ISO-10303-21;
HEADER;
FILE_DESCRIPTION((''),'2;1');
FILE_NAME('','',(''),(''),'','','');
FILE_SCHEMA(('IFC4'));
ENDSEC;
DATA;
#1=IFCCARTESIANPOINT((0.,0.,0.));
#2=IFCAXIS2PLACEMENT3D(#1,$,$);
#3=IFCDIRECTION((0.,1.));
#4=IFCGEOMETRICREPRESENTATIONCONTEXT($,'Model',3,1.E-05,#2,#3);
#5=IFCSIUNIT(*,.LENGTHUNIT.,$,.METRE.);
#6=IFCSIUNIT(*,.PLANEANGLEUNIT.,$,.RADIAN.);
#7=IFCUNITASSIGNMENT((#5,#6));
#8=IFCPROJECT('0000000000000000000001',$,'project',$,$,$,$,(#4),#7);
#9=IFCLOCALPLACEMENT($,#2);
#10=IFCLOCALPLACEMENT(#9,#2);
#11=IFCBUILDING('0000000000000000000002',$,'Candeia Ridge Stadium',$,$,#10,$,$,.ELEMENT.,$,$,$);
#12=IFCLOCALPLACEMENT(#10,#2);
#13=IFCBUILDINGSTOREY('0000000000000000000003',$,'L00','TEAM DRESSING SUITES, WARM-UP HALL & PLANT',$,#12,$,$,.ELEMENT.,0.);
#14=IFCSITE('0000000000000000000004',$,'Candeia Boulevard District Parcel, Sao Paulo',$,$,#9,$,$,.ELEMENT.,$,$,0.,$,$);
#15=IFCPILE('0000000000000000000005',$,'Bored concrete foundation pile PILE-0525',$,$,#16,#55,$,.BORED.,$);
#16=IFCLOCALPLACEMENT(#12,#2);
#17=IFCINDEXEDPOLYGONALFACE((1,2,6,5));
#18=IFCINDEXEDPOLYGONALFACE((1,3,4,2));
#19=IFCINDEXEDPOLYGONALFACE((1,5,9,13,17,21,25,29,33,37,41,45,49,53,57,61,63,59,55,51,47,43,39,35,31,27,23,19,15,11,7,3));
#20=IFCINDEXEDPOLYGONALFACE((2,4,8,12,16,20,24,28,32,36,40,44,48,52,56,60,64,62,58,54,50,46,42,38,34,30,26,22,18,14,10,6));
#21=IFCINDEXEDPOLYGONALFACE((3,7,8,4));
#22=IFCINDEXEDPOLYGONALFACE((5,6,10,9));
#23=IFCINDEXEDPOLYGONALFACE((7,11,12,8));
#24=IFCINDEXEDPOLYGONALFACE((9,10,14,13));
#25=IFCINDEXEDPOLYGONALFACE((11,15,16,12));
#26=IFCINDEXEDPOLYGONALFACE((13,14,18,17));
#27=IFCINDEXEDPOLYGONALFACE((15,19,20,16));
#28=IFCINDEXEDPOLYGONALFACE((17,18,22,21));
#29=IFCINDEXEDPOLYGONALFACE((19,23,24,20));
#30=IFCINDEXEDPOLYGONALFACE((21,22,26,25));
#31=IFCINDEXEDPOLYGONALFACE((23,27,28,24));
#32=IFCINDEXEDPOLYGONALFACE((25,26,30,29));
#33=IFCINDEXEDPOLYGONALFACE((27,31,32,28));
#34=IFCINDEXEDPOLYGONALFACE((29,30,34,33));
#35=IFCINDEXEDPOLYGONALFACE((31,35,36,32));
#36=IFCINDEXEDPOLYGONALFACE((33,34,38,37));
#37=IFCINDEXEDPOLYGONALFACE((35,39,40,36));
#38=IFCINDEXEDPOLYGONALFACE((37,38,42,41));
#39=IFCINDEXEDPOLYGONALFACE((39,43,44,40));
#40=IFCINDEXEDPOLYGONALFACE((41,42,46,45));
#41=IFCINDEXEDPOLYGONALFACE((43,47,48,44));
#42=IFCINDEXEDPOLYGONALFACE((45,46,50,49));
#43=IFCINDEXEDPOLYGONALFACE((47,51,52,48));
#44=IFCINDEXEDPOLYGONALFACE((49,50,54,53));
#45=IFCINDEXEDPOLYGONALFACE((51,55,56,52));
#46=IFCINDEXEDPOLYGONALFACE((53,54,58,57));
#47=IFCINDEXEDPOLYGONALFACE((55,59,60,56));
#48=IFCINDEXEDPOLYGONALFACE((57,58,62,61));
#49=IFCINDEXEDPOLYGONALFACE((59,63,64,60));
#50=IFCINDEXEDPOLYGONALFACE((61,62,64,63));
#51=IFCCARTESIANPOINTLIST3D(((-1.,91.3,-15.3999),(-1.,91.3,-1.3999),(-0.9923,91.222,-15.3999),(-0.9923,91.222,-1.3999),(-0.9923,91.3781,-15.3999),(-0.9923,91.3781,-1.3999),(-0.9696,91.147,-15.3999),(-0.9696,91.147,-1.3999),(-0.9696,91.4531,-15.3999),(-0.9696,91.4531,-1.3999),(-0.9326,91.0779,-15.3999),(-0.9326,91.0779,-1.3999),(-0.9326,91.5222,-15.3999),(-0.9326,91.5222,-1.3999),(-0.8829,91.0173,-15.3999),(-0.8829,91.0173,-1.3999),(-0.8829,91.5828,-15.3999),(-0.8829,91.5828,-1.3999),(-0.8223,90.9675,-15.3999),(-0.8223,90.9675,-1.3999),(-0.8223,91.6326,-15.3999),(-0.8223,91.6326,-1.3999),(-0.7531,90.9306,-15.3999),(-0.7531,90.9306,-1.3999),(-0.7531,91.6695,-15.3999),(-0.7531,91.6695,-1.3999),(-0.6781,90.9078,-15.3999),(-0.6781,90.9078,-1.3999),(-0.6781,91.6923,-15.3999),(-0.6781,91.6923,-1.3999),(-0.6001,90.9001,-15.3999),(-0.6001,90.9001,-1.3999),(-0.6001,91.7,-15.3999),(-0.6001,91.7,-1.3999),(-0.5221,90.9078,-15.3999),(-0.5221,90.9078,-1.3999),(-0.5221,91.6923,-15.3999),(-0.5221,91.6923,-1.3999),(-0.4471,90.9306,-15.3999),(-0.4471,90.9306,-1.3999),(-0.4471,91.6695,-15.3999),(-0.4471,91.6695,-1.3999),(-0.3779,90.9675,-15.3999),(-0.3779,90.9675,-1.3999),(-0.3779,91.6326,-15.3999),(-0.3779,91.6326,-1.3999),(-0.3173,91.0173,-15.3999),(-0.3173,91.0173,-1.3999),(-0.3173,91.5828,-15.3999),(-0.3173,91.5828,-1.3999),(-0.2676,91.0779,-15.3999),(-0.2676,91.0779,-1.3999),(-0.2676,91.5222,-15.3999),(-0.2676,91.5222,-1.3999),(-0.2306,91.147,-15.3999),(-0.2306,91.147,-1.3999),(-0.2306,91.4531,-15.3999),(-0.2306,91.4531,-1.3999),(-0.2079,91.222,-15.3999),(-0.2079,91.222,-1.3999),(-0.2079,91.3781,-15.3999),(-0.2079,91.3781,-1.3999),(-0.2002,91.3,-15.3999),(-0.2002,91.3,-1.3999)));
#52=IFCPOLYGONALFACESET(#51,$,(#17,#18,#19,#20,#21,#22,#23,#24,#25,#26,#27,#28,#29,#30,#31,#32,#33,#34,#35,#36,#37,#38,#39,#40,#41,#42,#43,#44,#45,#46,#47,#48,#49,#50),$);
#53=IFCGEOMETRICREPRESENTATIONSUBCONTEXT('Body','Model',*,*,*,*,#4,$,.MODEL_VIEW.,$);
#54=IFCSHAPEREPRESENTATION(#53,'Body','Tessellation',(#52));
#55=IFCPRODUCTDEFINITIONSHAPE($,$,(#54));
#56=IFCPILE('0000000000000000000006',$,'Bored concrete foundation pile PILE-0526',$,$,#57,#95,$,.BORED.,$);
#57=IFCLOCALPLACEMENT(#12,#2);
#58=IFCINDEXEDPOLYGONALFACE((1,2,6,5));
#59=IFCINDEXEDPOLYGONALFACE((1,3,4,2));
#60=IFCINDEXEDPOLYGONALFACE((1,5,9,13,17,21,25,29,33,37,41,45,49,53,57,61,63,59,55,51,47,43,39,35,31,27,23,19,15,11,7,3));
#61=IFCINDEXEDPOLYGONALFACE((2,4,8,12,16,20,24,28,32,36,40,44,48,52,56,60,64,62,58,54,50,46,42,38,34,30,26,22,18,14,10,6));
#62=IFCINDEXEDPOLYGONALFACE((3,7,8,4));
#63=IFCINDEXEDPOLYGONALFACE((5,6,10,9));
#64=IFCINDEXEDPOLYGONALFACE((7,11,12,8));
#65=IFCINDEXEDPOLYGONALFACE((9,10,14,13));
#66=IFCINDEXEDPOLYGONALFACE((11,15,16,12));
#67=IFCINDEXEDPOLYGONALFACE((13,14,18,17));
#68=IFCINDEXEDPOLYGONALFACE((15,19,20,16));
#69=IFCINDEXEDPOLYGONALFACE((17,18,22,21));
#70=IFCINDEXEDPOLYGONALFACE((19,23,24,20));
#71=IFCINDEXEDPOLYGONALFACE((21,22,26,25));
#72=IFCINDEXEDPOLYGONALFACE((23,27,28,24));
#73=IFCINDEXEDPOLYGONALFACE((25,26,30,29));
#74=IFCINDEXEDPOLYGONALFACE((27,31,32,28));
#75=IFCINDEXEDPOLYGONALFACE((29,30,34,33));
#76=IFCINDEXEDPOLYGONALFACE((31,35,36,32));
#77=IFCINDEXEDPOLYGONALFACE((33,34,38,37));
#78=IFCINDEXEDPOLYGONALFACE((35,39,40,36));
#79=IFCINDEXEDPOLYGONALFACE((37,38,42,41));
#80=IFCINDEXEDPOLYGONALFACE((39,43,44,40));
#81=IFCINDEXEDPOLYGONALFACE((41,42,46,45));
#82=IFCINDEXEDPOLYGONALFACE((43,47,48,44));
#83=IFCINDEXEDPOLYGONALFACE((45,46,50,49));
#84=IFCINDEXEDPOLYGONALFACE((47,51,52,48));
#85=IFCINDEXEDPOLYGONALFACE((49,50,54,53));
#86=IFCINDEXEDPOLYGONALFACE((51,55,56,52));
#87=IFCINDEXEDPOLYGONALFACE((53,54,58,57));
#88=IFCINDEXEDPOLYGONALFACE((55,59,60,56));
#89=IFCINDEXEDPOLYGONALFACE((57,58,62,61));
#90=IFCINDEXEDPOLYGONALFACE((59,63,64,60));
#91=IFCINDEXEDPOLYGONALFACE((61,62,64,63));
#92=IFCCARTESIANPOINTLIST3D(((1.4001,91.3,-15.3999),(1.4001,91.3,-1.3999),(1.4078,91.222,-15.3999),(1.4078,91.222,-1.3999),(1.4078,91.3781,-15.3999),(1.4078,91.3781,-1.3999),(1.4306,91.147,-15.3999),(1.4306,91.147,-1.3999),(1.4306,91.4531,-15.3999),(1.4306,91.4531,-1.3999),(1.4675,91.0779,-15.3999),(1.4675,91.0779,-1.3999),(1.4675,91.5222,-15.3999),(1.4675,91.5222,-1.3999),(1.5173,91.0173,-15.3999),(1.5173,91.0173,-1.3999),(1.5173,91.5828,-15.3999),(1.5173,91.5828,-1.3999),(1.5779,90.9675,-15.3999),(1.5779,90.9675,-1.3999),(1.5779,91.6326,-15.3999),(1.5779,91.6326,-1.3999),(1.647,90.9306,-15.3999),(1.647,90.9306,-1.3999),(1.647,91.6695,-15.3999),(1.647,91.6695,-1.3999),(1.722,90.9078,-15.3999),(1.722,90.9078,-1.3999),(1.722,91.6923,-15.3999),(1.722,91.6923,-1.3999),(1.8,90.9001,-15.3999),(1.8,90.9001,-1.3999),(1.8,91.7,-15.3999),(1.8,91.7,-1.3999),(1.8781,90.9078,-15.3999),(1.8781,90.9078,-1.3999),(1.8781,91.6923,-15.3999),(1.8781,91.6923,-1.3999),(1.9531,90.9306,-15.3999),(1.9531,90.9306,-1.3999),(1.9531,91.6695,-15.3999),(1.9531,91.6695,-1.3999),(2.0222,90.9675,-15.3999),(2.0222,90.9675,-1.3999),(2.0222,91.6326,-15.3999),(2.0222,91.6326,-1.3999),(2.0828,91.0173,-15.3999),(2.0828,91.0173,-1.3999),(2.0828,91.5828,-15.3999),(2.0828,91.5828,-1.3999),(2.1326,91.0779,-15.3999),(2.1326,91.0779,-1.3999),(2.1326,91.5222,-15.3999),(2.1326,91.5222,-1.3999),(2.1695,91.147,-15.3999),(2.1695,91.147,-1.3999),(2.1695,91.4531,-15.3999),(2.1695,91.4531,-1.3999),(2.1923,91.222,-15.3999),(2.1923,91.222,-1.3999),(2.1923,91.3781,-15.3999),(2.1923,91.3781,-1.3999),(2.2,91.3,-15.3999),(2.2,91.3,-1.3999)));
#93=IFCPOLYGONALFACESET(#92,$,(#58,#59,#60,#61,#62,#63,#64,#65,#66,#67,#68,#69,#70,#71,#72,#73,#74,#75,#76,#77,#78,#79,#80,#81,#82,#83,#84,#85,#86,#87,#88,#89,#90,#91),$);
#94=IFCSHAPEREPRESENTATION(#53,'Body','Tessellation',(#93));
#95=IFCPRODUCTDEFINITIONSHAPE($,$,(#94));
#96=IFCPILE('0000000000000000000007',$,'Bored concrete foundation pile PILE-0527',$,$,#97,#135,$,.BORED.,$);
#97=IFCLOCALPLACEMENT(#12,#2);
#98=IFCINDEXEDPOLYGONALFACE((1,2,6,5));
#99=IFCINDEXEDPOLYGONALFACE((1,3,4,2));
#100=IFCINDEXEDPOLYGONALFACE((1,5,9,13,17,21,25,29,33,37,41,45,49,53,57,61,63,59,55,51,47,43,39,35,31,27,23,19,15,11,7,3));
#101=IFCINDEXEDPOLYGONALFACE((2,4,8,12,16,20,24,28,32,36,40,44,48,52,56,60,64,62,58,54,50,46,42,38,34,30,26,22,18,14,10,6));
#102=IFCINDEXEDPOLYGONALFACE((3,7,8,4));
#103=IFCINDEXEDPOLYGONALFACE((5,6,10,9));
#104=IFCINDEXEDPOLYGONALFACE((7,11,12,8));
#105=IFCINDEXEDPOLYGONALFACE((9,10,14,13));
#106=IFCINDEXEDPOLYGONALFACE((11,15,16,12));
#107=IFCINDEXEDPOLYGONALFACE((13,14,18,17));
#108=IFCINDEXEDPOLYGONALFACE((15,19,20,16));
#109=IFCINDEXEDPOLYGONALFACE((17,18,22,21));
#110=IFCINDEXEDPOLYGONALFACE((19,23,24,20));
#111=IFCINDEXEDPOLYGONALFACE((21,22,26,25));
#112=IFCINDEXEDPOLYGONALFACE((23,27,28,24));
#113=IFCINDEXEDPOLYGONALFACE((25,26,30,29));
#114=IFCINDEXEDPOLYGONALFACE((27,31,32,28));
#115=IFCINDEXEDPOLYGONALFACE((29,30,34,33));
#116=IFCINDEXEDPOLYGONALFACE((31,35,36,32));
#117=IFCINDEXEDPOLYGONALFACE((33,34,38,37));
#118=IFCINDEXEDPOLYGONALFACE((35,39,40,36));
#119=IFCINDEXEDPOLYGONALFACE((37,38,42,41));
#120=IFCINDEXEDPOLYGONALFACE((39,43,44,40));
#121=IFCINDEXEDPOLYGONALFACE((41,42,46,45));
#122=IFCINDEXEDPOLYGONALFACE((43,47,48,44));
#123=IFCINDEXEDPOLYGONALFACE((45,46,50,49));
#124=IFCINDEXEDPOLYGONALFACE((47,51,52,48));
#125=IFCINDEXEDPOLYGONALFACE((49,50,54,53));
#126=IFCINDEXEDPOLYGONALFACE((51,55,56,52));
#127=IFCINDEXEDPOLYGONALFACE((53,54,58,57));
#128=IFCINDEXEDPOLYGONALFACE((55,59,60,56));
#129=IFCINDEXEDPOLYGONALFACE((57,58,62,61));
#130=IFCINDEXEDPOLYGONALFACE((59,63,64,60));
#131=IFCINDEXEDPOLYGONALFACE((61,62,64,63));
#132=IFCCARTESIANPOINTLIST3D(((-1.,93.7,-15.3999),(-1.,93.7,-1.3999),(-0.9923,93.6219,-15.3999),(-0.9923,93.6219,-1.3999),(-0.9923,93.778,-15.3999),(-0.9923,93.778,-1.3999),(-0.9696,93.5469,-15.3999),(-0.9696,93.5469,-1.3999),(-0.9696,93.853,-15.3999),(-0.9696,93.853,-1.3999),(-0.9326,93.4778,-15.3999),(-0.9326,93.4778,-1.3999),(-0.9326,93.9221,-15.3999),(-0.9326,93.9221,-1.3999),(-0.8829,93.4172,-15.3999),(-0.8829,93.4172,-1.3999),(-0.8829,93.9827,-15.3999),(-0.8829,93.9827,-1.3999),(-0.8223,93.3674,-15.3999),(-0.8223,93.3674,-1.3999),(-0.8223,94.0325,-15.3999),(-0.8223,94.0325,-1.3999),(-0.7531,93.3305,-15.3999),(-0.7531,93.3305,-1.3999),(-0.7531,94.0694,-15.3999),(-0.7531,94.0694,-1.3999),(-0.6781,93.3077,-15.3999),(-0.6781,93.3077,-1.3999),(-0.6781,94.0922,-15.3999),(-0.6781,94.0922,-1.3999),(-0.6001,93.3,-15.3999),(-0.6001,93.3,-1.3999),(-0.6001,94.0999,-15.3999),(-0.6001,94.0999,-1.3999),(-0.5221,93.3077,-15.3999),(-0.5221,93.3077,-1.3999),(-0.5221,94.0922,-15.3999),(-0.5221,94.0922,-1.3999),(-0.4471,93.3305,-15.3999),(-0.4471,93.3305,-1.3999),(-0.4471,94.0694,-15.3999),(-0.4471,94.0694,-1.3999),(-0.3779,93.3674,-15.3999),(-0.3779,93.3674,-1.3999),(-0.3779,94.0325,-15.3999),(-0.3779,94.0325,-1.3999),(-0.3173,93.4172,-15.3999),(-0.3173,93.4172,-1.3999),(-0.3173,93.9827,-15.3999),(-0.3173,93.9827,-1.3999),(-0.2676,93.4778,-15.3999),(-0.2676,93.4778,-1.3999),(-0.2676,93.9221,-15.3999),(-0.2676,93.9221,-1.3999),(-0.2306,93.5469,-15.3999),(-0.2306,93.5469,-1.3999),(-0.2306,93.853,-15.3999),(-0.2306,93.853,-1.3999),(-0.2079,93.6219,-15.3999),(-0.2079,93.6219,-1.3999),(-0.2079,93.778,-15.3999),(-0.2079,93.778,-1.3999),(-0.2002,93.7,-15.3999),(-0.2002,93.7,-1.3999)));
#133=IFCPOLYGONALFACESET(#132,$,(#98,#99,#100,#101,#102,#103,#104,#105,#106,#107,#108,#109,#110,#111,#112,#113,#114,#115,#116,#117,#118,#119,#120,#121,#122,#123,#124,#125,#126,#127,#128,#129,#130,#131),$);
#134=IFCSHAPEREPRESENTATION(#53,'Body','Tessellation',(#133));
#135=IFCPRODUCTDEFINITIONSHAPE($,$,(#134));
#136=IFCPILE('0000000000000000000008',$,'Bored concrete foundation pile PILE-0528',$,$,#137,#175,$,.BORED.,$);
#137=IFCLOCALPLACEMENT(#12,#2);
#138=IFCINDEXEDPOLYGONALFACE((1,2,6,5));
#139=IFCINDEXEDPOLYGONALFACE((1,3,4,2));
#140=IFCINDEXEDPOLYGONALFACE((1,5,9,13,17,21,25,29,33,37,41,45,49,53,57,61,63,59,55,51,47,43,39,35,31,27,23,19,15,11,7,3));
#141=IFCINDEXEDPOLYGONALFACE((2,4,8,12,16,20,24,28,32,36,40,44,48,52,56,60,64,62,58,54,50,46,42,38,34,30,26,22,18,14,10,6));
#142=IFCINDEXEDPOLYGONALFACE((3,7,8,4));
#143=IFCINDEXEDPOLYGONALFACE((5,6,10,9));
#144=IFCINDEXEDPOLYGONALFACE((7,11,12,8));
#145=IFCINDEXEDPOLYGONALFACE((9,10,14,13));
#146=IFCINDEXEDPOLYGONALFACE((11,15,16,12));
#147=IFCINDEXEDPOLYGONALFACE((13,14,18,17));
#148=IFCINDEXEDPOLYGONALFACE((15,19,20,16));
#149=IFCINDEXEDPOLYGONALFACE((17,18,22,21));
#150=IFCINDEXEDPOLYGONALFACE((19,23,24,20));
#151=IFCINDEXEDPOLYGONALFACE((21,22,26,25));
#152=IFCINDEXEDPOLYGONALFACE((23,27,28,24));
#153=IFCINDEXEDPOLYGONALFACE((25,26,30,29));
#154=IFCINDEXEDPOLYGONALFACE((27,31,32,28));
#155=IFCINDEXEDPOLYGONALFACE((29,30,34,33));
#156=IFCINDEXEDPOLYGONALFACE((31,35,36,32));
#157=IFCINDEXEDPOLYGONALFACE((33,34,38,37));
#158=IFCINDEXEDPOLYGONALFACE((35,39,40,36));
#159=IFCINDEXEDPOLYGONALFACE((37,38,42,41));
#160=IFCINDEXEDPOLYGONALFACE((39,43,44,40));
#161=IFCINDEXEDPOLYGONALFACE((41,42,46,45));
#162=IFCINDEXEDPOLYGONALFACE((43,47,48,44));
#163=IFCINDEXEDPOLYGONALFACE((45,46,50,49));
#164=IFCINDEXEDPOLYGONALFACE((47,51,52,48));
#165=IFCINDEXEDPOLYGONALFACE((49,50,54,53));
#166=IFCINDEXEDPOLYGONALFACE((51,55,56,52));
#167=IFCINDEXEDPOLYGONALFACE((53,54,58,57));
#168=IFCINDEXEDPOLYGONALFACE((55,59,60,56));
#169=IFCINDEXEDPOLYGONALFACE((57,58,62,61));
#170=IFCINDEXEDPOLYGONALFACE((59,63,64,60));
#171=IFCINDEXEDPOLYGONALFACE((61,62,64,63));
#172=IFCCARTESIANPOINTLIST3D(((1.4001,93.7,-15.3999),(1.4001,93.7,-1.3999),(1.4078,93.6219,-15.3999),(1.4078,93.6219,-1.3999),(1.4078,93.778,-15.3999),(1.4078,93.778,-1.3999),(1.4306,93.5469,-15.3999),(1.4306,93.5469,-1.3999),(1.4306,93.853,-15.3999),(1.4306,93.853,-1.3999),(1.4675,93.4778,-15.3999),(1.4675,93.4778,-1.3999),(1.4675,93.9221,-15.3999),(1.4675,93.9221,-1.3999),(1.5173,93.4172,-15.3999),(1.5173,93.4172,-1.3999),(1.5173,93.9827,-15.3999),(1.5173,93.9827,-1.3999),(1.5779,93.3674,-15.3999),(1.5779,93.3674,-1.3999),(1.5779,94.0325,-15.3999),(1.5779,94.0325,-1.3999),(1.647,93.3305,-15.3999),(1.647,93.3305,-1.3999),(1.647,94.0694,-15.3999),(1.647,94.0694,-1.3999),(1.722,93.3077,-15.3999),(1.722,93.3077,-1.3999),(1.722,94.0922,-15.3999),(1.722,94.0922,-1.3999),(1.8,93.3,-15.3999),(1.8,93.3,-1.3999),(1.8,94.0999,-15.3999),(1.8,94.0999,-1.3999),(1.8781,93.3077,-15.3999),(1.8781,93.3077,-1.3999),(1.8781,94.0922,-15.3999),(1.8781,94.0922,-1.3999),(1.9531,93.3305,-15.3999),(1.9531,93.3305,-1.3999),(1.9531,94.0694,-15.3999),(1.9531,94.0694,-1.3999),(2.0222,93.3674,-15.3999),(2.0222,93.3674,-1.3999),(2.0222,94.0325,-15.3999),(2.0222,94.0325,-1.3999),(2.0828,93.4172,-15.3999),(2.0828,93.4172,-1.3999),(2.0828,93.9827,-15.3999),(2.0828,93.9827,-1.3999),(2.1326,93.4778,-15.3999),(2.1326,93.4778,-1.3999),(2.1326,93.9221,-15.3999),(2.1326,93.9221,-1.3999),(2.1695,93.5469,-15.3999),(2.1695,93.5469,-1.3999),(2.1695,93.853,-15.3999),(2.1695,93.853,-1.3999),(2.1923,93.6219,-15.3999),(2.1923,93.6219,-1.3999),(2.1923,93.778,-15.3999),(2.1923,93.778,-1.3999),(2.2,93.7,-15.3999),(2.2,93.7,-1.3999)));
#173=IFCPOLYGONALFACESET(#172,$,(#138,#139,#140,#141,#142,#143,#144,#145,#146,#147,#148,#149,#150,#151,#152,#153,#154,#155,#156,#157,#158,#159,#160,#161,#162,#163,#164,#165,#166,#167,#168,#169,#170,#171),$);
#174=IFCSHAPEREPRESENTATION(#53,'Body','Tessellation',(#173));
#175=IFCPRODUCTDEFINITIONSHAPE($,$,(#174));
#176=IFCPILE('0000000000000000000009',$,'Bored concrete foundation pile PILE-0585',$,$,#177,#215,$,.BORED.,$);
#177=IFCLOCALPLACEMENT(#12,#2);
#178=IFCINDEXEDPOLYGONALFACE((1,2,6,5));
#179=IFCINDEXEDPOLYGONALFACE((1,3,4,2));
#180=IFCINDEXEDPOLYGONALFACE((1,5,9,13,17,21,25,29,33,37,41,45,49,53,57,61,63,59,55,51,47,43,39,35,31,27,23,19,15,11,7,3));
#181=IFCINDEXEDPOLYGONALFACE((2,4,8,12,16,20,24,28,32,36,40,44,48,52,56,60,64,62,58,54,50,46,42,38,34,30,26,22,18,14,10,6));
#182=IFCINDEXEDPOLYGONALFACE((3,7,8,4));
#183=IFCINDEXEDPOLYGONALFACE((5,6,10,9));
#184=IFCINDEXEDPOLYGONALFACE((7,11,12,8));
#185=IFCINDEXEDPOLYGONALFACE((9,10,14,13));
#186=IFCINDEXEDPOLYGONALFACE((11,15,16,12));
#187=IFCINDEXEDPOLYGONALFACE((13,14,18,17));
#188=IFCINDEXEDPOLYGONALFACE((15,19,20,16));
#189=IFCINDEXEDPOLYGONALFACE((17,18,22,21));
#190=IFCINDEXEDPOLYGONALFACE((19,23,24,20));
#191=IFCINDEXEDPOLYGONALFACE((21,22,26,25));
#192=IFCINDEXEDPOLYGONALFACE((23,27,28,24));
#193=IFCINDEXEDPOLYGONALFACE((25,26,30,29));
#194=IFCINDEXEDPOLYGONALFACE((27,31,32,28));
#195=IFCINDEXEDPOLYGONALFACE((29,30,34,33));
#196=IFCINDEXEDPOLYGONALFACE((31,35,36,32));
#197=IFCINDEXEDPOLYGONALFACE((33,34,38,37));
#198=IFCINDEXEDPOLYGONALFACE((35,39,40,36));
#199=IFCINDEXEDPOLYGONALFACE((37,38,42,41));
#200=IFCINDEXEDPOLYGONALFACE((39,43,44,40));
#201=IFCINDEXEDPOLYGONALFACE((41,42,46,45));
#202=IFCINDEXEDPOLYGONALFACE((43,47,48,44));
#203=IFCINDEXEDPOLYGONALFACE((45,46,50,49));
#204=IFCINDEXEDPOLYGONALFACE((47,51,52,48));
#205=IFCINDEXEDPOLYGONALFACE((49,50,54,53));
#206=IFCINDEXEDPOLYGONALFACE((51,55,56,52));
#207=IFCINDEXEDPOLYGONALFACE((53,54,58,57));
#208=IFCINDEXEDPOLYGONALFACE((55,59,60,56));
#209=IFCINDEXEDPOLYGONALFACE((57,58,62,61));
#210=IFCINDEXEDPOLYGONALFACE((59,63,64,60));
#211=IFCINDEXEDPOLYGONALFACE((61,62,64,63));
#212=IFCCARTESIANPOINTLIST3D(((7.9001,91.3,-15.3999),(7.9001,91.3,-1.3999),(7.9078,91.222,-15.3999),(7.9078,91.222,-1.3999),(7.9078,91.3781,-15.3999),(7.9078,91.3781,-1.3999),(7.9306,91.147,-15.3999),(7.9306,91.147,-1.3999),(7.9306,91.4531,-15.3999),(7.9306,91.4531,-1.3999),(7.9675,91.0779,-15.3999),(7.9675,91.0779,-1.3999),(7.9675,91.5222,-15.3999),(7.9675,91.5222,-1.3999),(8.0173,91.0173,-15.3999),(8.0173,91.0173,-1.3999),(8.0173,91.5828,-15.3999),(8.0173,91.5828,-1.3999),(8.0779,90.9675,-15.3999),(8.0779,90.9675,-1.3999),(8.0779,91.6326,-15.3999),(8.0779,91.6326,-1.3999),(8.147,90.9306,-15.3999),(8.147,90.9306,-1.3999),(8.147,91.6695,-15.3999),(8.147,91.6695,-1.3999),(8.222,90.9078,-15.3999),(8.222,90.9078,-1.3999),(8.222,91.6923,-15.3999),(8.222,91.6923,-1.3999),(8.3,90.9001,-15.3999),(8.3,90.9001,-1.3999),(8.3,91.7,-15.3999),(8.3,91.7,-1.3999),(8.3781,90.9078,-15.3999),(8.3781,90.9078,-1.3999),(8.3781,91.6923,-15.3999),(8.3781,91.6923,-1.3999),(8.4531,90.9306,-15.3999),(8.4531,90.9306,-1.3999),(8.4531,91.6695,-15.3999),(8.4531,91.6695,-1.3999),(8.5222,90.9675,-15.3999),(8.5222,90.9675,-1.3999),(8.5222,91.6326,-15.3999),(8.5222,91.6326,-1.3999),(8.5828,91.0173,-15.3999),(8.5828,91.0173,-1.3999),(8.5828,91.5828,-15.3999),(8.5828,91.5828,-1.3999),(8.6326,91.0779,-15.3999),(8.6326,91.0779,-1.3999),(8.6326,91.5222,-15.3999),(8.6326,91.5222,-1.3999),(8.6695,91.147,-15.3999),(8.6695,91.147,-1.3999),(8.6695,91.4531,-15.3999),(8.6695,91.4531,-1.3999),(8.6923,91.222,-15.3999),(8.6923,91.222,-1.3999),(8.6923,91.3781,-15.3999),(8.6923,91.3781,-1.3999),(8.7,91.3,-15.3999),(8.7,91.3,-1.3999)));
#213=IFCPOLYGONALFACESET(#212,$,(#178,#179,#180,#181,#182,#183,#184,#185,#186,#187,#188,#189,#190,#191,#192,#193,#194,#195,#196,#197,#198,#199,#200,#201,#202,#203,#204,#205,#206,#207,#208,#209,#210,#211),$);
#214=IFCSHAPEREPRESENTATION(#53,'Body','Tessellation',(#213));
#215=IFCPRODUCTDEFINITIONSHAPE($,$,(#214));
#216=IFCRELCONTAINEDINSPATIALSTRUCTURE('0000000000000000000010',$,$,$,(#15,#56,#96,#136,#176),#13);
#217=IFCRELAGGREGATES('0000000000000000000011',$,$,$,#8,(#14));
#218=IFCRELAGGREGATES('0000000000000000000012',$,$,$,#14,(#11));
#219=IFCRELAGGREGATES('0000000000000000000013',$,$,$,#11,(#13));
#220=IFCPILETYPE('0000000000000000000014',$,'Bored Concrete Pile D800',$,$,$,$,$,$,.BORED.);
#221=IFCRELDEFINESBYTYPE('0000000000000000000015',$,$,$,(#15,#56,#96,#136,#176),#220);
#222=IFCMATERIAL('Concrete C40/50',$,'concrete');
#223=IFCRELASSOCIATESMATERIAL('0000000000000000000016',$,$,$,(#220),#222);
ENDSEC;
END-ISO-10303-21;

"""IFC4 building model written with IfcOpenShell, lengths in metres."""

from ifc_helpers import new_model, si_unit, direction, frame, origin, origin_2d, place, context, subcontext, project, spatial, circle, extrude, material, material_profile, profile_set, type_object, element, save


model = new_model("IFC4")

# Units and contexts
model_context = context("Model", 3, precision=1e-05, world=origin(), true_north=direction((0.0, 1.0)))
body_context = subcontext(model_context, "Body", "Model", "MODEL_VIEW")
ifc_project = project(units=[si_unit("LENGTHUNIT", "METRE"), si_unit("PLANEANGLEUNIT", "RADIAN")], contexts=[model_context])

# Site, building, storey
site_placement = place(None, origin())
site = spatial("IfcSite", under=ifc_project, at=site_placement, Name="Candeia Boulevard District Parcel, Sao Paulo", CompositionType="ELEMENT", RefElevation=0.0)
building_placement = place(site_placement, origin())
building = spatial("IfcBuilding", under=site, at=building_placement, Name="Candeia Ridge Stadium", CompositionType="ELEMENT")
storey_placement = place(building_placement, origin())
storey = spatial("IfcBuildingStorey", under=building, at=storey_placement, Name="L00", Description="TEAM DRESSING SUITES, WARM-UP HALL & PLANT", CompositionType="ELEMENT", Elevation=0.0)

# Piles
ifc_material_1 = material(Name="Concrete C40/50", Category="concrete")
ifc_material_profile_1 = material_profile(ifc_material_1, circle(Radius=0.3999, at=origin_2d()), Name="PILE-D800", Category="concrete")
ifc_profile_set_1 = profile_set([ifc_material_profile_1], Name="Concrete C40/50")
pile_type = type_object("IfcPileType", Name="Bored Concrete Pile D800", PredefinedType="BORED", material=ifc_profile_set_1)
for number, where, z_axis, x_axis, name in (
    (1, (-0.6001, 91.3, -1.3999), (0.0, 0.0, -1.0), (1.0, 0.0, 0.0), "Bored concrete foundation pile PILE-0525"),
    (2, (1.8, 91.3, -1.3999), (0.0, 0.0, -1.0), (1.0, 0.0, 0.0), "Bored concrete foundation pile PILE-0526"),
    (3, (-0.6001, 93.7, -1.3999), (0.0, 0.0, -1.0), (1.0, 0.0, 0.0), "Bored concrete foundation pile PILE-0527"),
    (4, (1.8, 93.7, -1.3999), (0.0, 0.0, -1.0), (1.0, 0.0, 0.0), "Bored concrete foundation pile PILE-0528"),
    (5, (8.3, 91.3, -1.3999), (0.0, 0.0, -1.0), (1.0, 0.0, 0.0), "Bored concrete foundation pile PILE-0585"),
):
    element("IfcPile", number, at=place(storey_placement, frame(where, z_axis=z_axis, x_axis=x_axis)), inside=storey, type_object=pile_type, Name=name, PredefinedType="BORED", context=body_context, shape_type="SweptSolid", body=[
        extrude(circle(Radius=0.3999, at=origin_2d()), origin(), (0.0, 0.0, 1.0), 14.0),
    ])

save(model, "model.ifc")
